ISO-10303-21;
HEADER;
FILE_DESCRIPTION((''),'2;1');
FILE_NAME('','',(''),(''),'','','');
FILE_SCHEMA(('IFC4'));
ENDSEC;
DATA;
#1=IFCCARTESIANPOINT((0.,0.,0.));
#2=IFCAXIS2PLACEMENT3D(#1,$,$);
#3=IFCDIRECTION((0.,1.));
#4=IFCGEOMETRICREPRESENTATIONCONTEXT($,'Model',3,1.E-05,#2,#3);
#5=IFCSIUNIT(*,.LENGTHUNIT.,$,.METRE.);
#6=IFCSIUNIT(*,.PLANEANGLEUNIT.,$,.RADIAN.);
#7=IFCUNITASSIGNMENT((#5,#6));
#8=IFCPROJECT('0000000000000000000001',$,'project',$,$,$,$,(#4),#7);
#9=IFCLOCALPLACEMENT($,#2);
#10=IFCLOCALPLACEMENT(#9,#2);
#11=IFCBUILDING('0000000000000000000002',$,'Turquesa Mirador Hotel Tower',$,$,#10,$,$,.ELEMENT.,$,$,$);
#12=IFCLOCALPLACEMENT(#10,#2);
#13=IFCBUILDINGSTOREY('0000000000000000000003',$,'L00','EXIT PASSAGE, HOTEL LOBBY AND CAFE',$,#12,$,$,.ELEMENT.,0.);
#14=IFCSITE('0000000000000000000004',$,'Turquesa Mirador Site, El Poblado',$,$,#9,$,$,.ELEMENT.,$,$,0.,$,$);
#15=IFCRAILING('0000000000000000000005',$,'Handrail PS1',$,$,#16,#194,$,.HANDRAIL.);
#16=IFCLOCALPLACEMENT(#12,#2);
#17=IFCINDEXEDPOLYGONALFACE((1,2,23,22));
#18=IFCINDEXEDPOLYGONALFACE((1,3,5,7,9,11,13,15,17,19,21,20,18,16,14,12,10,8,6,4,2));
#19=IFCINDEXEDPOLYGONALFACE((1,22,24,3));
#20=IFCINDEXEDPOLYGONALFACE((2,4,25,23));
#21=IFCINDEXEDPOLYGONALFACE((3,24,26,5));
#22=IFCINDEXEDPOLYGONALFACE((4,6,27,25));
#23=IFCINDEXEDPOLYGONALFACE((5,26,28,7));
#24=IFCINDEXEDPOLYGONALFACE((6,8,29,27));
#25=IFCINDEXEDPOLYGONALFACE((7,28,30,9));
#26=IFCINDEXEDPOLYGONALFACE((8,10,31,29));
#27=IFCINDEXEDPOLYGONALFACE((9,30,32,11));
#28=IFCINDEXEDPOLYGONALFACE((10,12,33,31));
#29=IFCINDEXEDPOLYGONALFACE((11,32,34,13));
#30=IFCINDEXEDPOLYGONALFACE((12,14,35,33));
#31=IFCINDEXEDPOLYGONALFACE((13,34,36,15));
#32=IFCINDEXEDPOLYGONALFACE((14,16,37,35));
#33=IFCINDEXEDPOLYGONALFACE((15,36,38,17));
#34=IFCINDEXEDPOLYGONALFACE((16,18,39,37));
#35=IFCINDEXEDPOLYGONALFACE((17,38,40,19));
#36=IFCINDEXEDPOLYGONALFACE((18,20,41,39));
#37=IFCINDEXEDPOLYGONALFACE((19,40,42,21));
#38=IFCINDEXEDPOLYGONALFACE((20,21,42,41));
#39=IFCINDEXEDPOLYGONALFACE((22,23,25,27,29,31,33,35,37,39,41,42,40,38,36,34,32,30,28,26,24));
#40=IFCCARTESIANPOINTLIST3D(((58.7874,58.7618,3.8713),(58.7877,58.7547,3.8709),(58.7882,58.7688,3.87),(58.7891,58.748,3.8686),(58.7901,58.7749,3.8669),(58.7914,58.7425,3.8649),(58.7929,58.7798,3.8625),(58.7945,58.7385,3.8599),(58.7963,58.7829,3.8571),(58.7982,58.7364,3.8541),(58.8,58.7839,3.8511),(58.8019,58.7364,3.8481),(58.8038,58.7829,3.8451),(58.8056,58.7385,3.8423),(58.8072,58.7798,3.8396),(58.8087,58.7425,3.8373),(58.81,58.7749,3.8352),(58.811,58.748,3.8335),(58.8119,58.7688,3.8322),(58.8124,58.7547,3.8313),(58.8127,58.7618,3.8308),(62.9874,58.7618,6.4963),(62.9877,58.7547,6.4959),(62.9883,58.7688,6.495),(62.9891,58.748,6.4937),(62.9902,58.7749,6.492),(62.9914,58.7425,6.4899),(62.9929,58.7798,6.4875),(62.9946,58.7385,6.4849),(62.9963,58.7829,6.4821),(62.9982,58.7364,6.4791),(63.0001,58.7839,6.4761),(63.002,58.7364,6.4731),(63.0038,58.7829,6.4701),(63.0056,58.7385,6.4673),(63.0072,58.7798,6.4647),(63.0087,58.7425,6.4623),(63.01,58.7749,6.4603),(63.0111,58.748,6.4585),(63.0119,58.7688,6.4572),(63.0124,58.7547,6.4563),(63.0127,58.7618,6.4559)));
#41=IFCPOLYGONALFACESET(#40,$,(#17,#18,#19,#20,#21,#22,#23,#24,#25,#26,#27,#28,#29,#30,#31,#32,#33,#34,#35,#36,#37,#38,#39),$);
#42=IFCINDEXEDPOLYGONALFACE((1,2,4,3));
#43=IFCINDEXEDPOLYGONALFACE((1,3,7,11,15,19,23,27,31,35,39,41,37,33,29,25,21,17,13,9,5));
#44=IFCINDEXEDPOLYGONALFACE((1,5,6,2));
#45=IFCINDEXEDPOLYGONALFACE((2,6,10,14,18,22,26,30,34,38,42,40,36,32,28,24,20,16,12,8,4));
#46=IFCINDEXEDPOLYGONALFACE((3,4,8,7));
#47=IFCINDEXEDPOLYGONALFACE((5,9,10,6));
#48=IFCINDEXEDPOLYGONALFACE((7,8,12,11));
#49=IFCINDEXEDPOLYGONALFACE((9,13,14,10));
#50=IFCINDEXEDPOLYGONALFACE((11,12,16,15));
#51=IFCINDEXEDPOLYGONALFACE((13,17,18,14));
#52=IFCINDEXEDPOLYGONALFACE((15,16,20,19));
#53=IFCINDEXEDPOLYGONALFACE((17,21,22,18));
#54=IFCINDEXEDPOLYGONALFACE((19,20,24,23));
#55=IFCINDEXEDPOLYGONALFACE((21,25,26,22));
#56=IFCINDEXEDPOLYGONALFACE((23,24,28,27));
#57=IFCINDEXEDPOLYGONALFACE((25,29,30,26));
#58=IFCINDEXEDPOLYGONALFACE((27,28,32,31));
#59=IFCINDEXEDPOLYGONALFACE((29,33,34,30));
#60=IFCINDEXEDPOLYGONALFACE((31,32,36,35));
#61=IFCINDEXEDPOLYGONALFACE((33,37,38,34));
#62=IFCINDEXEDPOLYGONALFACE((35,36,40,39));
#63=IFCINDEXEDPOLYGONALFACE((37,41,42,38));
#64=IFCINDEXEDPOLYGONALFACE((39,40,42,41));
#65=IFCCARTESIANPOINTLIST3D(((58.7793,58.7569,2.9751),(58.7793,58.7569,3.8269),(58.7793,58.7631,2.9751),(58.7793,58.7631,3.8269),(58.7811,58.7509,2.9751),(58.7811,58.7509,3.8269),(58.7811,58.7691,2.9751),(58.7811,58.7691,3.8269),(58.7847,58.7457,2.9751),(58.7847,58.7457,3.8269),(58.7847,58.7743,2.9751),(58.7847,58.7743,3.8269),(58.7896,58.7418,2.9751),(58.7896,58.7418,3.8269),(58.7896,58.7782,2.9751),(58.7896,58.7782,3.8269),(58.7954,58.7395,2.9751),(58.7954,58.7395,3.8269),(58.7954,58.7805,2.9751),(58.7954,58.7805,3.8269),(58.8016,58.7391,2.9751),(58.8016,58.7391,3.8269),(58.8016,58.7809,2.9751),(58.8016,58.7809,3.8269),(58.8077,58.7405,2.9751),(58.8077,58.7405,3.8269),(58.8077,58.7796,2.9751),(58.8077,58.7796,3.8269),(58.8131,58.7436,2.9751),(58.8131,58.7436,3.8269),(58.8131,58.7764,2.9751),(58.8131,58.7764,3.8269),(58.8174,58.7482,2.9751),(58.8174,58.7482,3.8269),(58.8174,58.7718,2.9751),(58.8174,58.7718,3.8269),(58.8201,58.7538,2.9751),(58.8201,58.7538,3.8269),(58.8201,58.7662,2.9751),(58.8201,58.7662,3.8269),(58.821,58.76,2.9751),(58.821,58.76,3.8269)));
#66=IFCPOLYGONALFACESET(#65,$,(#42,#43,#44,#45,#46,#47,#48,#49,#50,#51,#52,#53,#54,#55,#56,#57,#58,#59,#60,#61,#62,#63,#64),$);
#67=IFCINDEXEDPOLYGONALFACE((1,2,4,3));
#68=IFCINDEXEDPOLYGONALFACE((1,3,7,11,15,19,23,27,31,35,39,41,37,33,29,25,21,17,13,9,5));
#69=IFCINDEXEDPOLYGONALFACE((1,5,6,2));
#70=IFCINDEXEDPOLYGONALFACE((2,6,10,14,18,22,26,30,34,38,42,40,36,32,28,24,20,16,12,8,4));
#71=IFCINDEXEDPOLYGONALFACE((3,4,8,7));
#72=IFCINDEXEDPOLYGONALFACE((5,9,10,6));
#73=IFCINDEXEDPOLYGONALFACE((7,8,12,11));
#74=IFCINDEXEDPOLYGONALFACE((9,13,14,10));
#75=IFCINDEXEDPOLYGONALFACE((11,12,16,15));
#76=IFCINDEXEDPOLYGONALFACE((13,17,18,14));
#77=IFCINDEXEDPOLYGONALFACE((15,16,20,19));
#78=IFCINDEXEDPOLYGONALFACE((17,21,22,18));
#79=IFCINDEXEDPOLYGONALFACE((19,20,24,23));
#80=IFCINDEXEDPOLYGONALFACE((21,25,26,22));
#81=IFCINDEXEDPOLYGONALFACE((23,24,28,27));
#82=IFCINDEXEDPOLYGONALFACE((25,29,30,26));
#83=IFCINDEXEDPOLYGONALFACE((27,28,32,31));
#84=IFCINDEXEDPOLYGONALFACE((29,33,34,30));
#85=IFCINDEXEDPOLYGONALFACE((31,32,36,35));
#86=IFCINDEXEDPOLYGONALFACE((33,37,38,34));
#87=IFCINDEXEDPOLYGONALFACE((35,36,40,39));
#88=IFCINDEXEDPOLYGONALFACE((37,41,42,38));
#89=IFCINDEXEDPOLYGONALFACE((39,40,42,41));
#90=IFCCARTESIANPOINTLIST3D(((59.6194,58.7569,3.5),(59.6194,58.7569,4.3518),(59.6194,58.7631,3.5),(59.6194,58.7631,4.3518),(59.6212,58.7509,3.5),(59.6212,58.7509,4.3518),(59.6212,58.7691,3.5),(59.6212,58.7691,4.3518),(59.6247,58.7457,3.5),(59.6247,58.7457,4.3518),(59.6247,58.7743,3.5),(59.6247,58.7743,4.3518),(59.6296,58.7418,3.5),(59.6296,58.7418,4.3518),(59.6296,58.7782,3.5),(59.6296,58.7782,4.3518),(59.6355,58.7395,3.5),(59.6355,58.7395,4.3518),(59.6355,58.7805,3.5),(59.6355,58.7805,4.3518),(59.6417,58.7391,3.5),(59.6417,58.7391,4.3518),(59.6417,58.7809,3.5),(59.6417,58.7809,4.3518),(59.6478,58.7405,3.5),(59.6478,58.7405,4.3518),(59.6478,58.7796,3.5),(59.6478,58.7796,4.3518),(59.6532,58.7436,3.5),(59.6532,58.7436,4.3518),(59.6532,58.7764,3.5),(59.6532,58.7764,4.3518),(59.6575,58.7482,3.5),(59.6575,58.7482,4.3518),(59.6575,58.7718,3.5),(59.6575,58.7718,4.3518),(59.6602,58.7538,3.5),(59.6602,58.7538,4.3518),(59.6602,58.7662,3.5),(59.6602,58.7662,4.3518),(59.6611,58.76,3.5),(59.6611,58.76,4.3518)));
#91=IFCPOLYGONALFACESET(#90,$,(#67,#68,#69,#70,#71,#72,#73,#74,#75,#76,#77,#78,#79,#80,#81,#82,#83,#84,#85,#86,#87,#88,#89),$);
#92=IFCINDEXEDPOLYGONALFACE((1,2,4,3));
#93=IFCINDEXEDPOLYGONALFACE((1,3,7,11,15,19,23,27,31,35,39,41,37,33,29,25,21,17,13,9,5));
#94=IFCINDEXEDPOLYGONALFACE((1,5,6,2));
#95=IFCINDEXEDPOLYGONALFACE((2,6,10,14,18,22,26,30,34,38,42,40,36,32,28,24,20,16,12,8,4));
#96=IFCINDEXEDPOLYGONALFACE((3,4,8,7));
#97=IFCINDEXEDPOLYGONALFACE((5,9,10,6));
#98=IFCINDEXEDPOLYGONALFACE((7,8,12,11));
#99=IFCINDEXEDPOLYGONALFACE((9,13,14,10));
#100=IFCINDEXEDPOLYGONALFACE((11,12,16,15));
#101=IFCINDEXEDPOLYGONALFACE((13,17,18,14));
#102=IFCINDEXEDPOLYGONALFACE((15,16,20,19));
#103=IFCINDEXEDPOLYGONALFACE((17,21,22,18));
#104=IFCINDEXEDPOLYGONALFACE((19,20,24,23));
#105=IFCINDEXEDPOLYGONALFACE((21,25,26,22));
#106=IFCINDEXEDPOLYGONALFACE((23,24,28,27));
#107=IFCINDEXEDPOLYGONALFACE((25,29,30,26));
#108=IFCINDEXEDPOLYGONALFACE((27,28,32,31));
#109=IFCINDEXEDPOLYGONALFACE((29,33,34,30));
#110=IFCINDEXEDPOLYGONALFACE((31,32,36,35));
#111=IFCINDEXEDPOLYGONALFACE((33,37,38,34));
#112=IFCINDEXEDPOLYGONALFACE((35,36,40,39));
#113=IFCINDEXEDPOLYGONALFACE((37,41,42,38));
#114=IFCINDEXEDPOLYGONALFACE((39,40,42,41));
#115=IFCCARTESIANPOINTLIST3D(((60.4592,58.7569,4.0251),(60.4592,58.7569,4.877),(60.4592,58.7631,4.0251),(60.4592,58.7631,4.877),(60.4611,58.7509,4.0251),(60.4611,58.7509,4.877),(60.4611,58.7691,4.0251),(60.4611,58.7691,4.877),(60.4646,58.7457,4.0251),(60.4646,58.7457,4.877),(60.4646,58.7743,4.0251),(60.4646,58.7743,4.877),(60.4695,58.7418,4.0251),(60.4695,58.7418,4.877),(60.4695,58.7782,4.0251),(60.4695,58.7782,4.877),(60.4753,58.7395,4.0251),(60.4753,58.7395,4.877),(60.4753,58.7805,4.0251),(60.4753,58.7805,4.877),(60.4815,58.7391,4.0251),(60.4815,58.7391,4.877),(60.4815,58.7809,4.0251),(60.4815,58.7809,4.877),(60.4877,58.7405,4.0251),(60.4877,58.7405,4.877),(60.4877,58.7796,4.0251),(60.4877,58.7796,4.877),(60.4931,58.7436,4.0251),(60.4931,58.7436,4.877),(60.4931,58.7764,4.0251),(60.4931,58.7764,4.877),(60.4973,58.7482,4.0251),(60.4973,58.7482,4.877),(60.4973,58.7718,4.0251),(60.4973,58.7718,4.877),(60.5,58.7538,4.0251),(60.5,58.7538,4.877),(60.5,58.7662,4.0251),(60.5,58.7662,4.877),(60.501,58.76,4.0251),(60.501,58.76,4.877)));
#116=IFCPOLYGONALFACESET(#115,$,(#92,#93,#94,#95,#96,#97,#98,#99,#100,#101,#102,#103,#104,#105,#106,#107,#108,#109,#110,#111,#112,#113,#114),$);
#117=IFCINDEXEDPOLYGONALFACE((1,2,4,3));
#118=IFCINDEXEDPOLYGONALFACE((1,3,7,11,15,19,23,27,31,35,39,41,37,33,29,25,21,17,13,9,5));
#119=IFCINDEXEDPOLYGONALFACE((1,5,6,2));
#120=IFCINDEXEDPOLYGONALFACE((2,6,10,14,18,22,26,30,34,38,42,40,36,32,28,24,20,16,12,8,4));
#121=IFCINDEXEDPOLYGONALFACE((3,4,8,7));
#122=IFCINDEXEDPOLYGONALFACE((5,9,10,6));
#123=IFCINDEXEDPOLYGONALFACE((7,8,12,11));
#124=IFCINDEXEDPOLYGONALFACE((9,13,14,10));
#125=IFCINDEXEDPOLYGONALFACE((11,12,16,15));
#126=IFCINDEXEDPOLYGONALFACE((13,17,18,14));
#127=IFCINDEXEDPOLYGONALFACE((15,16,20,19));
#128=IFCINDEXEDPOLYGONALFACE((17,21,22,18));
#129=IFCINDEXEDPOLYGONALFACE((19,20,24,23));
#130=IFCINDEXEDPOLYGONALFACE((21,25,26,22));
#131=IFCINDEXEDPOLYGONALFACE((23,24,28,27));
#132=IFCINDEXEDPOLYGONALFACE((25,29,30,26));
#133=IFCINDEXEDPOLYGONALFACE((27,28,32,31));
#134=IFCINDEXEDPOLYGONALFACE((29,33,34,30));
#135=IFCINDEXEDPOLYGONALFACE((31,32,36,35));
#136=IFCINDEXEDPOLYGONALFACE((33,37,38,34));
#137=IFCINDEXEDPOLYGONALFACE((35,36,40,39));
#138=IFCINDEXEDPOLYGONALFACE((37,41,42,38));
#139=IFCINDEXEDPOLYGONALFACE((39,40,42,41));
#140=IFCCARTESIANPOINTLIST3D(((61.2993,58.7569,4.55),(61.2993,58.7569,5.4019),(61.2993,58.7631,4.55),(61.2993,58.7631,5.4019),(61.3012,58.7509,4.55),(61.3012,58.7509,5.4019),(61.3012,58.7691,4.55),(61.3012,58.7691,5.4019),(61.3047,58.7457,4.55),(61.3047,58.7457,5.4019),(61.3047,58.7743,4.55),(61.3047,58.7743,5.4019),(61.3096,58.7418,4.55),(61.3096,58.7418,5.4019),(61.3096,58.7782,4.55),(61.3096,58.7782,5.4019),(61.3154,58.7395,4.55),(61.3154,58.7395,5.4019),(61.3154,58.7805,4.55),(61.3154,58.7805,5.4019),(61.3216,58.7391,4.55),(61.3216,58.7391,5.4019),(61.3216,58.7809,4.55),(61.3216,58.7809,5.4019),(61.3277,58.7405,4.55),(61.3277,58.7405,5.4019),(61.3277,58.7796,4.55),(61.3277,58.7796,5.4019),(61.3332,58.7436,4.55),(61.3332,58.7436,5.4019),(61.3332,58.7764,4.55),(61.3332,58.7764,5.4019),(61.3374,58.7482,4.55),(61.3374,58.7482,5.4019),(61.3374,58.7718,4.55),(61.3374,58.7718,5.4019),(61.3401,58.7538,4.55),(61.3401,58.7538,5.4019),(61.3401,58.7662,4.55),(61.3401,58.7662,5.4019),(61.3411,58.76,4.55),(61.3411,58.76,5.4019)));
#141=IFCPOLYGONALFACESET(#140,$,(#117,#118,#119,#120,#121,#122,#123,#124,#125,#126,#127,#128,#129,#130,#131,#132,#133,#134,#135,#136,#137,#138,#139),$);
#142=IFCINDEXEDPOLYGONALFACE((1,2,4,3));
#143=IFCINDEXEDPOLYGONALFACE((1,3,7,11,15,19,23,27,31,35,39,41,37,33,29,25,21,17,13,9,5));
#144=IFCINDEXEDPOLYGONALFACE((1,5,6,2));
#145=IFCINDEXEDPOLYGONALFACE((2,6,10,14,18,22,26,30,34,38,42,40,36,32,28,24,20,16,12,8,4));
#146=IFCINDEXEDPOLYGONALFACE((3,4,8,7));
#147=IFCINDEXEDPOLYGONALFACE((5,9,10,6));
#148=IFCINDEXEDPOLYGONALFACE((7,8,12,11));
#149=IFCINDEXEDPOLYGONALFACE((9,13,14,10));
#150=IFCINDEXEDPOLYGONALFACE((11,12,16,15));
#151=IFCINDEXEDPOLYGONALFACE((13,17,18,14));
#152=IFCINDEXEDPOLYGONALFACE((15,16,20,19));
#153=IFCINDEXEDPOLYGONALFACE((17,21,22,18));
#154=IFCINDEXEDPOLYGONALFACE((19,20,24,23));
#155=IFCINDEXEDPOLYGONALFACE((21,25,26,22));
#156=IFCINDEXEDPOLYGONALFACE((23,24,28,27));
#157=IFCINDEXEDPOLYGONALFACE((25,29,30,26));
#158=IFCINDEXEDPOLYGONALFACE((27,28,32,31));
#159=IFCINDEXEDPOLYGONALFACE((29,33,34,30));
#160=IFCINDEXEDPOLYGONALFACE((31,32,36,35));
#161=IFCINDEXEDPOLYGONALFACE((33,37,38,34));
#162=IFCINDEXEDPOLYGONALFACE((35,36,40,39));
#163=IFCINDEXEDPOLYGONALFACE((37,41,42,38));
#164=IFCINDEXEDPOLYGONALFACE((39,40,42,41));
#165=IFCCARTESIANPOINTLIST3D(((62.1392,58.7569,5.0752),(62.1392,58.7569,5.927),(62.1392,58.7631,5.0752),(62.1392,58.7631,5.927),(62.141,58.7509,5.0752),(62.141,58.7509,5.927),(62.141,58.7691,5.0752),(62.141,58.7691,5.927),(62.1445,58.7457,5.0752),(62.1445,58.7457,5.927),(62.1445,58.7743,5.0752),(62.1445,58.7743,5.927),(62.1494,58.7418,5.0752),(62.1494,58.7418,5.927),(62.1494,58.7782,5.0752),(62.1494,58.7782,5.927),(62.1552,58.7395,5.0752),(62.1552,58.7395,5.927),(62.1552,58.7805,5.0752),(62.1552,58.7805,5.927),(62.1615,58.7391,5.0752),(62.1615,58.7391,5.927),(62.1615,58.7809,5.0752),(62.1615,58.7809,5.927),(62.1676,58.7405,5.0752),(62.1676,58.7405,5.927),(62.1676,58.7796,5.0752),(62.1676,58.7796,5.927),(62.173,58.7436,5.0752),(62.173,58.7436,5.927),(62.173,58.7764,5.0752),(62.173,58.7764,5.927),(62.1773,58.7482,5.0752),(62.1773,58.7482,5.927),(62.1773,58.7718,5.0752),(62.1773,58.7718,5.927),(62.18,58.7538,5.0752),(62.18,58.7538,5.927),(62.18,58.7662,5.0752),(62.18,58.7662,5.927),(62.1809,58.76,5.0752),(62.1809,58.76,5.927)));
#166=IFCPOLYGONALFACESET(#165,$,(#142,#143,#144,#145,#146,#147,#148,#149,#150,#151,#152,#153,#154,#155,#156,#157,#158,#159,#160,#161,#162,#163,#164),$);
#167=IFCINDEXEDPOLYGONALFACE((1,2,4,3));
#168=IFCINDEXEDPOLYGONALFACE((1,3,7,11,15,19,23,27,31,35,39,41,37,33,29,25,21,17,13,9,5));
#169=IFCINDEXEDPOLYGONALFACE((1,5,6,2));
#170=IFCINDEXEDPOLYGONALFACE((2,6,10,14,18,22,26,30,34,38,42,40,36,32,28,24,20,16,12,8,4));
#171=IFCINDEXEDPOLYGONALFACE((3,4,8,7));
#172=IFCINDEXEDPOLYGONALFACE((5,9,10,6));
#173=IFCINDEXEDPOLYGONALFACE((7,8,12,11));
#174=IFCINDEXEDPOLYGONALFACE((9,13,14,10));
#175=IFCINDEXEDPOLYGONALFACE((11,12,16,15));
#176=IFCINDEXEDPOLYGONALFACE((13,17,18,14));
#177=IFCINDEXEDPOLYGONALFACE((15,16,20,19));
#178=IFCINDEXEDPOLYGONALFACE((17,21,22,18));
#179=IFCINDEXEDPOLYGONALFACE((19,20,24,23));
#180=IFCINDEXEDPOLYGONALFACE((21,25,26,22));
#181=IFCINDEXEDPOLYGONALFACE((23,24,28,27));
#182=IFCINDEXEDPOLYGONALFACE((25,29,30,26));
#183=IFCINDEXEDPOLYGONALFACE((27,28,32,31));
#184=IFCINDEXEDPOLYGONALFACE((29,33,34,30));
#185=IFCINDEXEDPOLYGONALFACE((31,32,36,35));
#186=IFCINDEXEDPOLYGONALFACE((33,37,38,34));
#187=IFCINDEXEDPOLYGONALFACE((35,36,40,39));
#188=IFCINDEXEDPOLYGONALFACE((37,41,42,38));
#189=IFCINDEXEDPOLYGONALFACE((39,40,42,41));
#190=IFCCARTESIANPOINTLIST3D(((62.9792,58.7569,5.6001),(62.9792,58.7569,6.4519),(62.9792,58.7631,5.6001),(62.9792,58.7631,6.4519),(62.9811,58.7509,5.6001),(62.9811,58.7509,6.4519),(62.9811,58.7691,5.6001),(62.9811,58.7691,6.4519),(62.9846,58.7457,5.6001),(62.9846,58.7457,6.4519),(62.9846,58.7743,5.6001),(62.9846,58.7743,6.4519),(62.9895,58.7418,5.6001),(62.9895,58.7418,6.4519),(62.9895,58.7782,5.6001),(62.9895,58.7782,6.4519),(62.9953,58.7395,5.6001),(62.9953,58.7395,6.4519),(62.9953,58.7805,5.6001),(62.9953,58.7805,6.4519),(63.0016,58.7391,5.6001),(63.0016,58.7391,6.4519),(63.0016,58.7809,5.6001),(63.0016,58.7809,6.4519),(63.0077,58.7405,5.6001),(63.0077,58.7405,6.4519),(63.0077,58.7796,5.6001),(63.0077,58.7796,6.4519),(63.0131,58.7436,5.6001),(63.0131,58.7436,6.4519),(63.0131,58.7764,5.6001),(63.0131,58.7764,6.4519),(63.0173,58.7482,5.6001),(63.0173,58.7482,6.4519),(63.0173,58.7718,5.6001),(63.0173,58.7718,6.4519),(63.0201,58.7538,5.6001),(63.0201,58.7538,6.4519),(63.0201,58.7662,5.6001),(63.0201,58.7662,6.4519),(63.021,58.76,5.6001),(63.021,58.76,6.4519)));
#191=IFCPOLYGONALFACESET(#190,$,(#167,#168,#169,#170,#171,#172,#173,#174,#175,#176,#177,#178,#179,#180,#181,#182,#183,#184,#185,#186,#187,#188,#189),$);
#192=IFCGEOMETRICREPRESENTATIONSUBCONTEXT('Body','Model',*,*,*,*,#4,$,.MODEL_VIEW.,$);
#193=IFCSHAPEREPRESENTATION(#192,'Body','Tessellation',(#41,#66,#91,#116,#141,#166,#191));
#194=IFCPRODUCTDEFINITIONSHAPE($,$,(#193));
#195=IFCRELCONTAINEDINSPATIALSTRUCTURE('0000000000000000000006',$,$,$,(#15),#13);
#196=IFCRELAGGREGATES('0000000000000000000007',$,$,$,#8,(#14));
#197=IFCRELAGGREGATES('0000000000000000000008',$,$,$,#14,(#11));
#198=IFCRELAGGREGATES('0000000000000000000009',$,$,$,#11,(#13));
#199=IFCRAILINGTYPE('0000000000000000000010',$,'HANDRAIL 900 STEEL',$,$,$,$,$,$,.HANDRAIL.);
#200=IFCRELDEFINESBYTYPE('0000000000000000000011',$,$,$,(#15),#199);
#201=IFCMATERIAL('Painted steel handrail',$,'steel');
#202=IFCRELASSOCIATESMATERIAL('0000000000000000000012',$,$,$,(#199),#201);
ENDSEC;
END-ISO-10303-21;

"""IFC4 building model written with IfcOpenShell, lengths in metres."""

from ifc_helpers import new_model, si_unit, direction, frame, origin, origin_2d, place, context, subcontext, project, spatial, circle, extrude, material, type_object, element, save


model = new_model("IFC4")

# Units and contexts
model_context = context("Model", 3, precision=1e-05, world=origin(), true_north=direction((0.0, 1.0)))
body_context = subcontext(model_context, "Body", "Model", "MODEL_VIEW")
ifc_project = project(units=[si_unit("LENGTHUNIT", "METRE"), si_unit("PLANEANGLEUNIT", "RADIAN")], contexts=[model_context])

# Site, building, storey
site_placement = place(None, origin())
site = spatial("IfcSite", under=ifc_project, at=site_placement, Name="Turquesa Mirador Site, El Poblado", CompositionType="ELEMENT", RefElevation=0.0)
building_placement = place(site_placement, origin())
building = spatial("IfcBuilding", under=site, at=building_placement, Name="Turquesa Mirador Hotel Tower", CompositionType="ELEMENT")
storey_placement = place(building_placement, origin())
storey = spatial("IfcBuildingStorey", under=building, at=storey_placement, Name="L00", Description="EXIT PASSAGE, HOTEL LOBBY AND CAFE", CompositionType="ELEMENT", Elevation=0.0)

# Railing
ifc_material_1 = material(Name="Painted steel handrail", Category="steel")
railing_type = type_object("IfcRailingType", Name="HANDRAIL 900 STEEL", PredefinedType="HANDRAIL", material=ifc_material_1)
railing_1_placement = place(storey_placement, frame((58.8, 58.76, 2.9751)))
element("IfcRailing", 1, at=railing_1_placement, inside=storey, type_object=railing_type, Name="Handrail PS1", PredefinedType="HANDRAIL", context=body_context, shape_type="SweptSolid", body=[
    extrude(circle(Radius=0.0239, at=origin_2d()), frame((0.0, 0.0, 0.876), z_axis=(0.847996, 0.0, 0.530003), x_axis=(0.0, 1.0, 0.0)), (0.0, 0.0, 1.0), 4.9529),
    extrude(circle(Radius=0.021, at=origin_2d()), origin(), (0.0, 0.0, 1.0), 0.8518),
    extrude(circle(Radius=0.021, at=origin_2d()), frame((0.8401, 0.0, 0.5249)), (0.0, 0.0, 1.0), 0.8518),
    extrude(circle(Radius=0.021, at=origin_2d()), frame((1.6799, 0.0, 1.05)), (0.0, 0.0, 1.0), 0.8518),
    extrude(circle(Radius=0.021, at=origin_2d()), frame((2.52, 0.0, 1.575)), (0.0, 0.0, 1.0), 0.8518),
    extrude(circle(Radius=0.021, at=origin_2d()), frame((3.3599, 0.0, 2.1001)), (0.0, 0.0, 1.0), 0.8518),
    extrude(circle(Radius=0.021, at=origin_2d()), frame((4.2, 0.0, 2.625)), (0.0, 0.0, 1.0), 0.8518),
])

save(model, "model.ifc")
